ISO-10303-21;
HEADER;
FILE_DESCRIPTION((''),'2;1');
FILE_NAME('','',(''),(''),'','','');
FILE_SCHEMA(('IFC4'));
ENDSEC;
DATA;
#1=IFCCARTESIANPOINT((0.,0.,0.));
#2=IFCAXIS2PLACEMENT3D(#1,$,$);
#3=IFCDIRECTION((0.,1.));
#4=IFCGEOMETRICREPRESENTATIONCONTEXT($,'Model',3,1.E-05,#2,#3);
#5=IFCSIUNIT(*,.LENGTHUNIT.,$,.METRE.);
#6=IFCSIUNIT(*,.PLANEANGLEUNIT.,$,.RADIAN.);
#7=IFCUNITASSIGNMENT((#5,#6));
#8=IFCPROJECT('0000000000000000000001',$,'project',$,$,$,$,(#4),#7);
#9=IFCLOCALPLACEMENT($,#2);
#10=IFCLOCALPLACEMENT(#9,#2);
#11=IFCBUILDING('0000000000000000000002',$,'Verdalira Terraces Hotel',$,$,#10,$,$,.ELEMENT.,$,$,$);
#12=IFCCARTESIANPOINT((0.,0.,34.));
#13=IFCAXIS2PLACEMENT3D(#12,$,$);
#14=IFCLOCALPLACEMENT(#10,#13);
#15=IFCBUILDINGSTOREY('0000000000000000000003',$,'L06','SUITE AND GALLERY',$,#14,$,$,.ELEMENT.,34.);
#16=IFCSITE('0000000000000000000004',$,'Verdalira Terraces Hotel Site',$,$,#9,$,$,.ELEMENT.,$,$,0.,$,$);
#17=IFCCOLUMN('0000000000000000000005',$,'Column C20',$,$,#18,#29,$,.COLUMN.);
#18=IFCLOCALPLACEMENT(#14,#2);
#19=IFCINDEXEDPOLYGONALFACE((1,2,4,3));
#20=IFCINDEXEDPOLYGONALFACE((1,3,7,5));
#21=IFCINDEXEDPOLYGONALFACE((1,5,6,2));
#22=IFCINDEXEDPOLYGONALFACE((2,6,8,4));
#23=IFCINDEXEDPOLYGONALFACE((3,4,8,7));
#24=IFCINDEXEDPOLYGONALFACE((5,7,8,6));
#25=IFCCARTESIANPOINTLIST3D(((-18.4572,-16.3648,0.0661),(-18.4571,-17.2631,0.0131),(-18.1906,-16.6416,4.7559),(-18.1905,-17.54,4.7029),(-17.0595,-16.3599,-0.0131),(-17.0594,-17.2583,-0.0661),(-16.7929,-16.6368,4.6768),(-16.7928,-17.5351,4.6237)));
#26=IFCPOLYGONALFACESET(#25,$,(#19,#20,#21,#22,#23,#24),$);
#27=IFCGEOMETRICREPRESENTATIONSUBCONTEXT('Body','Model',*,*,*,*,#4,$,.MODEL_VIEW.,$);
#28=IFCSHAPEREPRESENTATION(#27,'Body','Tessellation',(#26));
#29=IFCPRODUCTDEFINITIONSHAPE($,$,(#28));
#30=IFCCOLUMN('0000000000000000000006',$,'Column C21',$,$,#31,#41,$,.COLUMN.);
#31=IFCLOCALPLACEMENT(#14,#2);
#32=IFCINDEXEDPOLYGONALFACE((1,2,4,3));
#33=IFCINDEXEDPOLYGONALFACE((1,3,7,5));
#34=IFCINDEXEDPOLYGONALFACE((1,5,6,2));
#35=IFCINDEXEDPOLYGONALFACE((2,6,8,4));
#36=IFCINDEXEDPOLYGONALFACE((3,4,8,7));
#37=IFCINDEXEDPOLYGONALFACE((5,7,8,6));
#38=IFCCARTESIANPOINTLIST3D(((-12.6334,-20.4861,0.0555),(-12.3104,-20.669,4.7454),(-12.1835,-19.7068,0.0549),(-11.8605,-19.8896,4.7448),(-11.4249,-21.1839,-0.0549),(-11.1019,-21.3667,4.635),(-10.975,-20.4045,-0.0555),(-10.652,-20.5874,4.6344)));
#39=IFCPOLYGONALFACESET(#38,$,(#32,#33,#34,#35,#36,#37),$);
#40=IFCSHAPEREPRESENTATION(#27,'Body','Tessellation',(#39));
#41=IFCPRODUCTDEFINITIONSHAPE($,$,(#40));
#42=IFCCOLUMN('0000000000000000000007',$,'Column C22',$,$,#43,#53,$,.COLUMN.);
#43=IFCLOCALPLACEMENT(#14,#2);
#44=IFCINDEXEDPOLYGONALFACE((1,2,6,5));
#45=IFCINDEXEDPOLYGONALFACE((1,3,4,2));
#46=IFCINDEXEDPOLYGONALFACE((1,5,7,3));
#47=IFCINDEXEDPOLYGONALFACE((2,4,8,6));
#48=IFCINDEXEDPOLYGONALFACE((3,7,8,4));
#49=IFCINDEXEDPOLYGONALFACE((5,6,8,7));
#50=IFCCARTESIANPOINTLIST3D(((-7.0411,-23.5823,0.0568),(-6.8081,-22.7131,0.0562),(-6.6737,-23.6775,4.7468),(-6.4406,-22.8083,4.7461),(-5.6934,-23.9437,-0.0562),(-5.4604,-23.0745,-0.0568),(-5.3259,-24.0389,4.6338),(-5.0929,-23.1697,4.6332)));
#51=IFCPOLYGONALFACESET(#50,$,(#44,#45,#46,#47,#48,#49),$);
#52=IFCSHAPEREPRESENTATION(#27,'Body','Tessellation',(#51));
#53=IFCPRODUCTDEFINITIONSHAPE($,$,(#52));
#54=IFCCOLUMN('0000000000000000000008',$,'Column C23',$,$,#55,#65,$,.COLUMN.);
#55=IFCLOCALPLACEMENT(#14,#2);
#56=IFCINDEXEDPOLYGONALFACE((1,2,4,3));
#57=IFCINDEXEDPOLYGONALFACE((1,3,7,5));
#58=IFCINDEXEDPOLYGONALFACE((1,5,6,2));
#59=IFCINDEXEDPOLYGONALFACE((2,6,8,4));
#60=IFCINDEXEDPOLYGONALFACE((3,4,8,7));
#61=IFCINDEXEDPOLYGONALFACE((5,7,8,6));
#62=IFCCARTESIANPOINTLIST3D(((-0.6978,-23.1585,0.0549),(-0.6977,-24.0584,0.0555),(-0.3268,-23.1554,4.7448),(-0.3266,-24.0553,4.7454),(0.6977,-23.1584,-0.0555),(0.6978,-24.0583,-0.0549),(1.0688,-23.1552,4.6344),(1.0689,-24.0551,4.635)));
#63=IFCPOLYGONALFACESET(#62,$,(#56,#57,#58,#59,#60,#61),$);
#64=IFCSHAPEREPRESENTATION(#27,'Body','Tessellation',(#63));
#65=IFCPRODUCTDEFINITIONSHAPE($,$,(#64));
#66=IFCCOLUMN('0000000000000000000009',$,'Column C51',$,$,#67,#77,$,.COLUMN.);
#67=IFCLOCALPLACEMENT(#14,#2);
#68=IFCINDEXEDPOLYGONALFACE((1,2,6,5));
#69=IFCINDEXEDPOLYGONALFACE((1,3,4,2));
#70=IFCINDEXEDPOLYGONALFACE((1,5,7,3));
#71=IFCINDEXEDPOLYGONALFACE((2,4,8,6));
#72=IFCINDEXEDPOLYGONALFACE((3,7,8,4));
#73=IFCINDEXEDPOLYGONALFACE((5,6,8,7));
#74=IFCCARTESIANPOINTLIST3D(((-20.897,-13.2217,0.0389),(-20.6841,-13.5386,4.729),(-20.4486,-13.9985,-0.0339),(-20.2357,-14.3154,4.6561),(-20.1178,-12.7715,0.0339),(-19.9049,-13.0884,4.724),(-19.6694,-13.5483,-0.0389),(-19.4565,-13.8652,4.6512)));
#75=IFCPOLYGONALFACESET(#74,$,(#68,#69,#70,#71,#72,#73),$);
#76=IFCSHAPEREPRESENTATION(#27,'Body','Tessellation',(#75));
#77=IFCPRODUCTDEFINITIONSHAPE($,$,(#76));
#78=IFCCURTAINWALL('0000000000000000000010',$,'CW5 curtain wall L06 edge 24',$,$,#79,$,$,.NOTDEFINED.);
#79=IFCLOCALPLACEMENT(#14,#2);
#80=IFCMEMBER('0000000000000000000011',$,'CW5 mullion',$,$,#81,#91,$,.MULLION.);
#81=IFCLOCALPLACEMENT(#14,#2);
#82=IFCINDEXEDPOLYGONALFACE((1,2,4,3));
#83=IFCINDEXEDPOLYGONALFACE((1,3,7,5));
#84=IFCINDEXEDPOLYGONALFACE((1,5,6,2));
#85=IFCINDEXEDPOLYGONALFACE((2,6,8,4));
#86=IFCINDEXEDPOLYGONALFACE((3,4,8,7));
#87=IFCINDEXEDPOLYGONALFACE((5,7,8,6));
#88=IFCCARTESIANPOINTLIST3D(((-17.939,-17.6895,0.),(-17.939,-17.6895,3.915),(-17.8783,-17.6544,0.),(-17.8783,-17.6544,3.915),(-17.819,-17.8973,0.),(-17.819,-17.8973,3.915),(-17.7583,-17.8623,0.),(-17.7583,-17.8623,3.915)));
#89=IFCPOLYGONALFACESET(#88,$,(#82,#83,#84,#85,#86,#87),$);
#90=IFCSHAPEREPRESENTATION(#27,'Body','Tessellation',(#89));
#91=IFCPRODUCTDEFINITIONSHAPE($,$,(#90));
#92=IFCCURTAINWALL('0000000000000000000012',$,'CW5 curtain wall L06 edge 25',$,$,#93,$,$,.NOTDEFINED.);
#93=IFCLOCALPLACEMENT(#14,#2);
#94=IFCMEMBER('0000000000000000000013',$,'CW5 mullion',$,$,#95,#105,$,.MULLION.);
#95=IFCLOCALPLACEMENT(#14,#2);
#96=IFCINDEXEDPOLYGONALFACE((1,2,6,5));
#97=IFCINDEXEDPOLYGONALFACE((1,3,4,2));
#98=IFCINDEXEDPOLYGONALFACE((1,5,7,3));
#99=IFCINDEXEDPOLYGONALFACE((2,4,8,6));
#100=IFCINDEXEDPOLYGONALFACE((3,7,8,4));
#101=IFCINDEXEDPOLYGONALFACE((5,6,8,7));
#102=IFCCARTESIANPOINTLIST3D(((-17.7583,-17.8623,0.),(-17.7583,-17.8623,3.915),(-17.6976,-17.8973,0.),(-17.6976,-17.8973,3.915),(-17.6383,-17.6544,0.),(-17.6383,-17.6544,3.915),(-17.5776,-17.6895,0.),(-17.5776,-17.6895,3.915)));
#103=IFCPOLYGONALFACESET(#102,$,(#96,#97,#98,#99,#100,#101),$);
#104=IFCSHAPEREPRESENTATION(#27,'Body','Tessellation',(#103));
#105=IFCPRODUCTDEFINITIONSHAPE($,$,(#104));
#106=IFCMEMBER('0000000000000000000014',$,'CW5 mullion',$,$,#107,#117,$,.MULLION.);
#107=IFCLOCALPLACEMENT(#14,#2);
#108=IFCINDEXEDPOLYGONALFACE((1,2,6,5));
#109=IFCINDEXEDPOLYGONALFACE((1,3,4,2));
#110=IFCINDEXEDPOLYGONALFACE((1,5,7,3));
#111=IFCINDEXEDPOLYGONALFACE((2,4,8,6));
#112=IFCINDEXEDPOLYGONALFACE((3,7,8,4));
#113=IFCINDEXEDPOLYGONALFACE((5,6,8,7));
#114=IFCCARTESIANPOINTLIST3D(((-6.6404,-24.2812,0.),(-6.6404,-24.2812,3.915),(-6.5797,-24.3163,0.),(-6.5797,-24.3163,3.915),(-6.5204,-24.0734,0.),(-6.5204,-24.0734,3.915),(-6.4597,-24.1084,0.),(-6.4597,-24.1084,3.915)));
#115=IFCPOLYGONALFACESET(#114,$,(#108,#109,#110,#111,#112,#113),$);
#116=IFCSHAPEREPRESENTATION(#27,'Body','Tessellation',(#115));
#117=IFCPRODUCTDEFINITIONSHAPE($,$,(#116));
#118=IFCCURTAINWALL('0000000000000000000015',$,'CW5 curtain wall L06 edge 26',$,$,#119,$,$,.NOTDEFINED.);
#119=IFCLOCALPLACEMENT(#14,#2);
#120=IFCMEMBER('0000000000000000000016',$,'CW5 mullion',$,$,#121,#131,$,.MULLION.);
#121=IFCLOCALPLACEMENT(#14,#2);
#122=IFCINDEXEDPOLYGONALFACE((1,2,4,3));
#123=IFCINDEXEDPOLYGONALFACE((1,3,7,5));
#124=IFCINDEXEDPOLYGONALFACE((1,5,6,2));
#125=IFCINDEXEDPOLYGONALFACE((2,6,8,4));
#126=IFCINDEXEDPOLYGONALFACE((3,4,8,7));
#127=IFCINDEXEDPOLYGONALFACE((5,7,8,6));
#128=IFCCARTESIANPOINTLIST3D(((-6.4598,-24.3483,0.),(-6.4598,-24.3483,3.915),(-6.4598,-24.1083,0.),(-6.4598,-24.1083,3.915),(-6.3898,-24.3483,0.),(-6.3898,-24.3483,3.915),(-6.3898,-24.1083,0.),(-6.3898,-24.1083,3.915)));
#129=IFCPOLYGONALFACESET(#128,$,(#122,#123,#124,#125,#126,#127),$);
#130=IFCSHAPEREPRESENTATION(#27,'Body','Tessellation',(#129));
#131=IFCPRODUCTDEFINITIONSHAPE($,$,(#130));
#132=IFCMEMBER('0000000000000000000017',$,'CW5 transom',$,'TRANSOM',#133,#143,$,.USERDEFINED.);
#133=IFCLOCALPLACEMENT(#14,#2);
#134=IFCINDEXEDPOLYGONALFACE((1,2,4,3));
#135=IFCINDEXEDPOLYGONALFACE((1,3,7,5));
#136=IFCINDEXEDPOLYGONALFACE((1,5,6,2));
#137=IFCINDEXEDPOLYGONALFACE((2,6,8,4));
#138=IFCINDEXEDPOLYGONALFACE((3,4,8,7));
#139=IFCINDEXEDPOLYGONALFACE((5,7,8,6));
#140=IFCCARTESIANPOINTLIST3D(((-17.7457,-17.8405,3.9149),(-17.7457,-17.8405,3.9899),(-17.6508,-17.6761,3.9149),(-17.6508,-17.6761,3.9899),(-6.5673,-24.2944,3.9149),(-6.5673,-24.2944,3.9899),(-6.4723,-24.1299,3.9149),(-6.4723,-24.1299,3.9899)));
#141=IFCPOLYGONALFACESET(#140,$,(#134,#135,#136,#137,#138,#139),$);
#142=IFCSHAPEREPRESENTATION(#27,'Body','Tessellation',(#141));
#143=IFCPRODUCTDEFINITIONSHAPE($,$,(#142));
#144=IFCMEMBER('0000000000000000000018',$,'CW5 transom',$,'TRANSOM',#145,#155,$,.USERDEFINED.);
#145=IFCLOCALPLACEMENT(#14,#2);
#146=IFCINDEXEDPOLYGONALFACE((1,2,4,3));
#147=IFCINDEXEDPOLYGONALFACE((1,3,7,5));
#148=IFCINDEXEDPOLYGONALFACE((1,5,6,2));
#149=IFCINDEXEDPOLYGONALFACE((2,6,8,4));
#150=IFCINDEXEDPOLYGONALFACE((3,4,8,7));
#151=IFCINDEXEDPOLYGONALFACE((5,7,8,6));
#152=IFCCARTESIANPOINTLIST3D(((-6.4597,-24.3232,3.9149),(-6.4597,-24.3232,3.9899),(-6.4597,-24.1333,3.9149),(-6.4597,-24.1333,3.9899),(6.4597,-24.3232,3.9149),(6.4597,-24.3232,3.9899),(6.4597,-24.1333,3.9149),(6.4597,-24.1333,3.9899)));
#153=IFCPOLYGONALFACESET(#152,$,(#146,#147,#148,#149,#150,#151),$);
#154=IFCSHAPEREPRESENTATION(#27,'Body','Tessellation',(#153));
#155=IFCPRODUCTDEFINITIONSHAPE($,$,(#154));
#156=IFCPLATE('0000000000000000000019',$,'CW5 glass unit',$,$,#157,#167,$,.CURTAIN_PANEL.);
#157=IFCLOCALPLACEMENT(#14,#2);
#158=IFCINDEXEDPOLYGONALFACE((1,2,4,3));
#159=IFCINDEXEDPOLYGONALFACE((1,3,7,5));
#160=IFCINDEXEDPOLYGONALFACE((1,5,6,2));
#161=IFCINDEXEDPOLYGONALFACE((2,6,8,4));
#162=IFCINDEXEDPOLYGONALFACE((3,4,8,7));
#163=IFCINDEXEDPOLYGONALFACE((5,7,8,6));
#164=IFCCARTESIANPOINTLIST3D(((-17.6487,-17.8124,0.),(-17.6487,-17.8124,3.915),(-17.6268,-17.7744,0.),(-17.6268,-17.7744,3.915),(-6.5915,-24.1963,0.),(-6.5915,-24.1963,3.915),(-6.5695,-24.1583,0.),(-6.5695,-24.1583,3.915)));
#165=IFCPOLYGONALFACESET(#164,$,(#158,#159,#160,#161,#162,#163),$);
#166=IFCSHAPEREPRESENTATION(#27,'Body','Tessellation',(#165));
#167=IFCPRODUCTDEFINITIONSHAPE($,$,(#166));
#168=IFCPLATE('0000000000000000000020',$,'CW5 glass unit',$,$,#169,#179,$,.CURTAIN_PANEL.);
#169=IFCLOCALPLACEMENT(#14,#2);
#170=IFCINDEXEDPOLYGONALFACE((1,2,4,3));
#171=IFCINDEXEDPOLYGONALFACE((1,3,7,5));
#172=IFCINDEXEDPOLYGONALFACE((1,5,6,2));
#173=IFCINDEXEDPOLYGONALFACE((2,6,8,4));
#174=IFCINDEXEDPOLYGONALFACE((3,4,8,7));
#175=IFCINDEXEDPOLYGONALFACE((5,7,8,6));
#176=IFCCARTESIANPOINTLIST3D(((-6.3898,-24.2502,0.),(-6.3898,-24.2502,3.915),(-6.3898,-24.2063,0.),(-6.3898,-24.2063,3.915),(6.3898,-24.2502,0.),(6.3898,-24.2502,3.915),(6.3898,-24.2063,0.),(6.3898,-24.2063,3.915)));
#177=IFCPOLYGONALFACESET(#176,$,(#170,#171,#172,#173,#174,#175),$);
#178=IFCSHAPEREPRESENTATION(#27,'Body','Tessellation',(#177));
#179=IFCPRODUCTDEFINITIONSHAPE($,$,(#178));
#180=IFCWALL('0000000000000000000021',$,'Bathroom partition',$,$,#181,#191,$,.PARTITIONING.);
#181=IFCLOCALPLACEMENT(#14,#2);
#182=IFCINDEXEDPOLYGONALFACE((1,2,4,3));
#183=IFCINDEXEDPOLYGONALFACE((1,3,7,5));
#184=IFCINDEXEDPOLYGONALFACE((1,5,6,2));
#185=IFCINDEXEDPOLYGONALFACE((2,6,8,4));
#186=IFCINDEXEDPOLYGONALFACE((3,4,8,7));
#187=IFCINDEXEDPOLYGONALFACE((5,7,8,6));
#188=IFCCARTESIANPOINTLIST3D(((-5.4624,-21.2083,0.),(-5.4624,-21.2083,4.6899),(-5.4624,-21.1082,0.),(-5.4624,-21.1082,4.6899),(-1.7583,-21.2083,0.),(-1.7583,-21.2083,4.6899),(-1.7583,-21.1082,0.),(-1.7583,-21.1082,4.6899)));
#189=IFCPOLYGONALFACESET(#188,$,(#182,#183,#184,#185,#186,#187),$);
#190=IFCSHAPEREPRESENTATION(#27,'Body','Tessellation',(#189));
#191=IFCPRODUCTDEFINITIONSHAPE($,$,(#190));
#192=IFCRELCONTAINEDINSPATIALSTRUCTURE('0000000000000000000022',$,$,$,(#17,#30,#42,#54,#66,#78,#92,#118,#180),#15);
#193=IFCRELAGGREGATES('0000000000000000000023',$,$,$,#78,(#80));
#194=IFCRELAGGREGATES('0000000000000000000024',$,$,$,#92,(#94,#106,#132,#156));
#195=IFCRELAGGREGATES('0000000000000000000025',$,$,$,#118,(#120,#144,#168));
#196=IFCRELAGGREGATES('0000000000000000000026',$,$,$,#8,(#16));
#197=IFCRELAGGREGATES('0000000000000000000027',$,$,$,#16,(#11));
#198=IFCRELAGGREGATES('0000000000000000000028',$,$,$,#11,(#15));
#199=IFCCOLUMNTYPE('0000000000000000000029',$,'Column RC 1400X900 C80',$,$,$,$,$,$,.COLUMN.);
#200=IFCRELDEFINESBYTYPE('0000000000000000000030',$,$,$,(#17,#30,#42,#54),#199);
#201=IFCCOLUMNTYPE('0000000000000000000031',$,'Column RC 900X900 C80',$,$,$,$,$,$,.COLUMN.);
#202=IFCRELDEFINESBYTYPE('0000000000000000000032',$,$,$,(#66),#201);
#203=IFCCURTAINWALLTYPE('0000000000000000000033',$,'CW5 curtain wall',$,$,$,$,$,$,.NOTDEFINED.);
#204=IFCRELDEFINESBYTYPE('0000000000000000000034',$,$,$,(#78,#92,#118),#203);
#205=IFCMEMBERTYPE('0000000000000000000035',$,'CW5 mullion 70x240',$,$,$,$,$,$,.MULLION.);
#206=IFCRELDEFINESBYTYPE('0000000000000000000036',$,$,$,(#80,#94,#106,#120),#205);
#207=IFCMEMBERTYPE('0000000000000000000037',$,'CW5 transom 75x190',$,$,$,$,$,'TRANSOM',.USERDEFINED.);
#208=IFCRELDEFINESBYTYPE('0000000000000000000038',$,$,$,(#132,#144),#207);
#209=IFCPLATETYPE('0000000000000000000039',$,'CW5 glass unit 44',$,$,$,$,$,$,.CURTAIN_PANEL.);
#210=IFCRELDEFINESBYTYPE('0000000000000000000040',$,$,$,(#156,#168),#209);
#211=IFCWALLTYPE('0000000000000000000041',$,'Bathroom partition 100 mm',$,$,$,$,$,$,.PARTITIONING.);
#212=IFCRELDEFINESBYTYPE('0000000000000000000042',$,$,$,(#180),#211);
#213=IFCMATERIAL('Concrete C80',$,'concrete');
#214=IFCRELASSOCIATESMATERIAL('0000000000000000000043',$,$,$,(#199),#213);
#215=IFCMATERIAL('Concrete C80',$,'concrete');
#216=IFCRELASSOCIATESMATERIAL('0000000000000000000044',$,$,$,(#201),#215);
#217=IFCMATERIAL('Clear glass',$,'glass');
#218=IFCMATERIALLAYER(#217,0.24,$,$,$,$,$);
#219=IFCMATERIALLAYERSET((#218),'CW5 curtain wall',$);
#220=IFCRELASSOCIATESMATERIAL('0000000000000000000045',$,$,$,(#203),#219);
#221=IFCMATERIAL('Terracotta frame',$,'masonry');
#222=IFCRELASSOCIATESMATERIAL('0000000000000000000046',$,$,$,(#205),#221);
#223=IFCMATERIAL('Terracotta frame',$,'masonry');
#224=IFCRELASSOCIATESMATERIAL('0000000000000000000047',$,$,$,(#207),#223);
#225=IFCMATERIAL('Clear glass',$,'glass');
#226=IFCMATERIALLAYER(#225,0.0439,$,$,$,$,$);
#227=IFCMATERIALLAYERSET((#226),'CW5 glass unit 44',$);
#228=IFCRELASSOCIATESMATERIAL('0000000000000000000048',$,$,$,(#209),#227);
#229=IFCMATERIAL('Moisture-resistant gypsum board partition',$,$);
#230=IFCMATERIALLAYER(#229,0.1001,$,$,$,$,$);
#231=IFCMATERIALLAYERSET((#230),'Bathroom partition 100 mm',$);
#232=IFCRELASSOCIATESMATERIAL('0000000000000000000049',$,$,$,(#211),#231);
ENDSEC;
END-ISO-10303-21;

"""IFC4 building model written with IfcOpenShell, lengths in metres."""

from ifc_helpers import new_model, si_unit, direction, frame, frame_2d, origin, origin_2d, place, context, subcontext, project, spatial, rectangle, extrude, material, layer, layer_set, material_profile, profile_set, type_object, element, aggregate, save


model = new_model("IFC4")

# Units and contexts
model_context = context("Model", 3, precision=1e-05, world=origin(), true_north=direction((0.0, 1.0)))
body_context = subcontext(model_context, "Body", "Model", "MODEL_VIEW")
ifc_project = project(units=[si_unit("LENGTHUNIT", "METRE"), si_unit("PLANEANGLEUNIT", "RADIAN")], contexts=[model_context])

# Site, building, storey
site_placement = place(None, origin())
site = spatial("IfcSite", under=ifc_project, at=site_placement, Name="Verdalira Terraces Hotel Site", CompositionType="ELEMENT", RefElevation=0.0)
building_placement = place(site_placement, origin())
building = spatial("IfcBuilding", under=site, at=building_placement, Name="Verdalira Terraces Hotel", CompositionType="ELEMENT")
storey_placement = place(building_placement, frame((0.0, 0.0, 34.0)))
storey = spatial("IfcBuildingStorey", under=building, at=storey_placement, Name="L06", Description="SUITE AND GALLERY", CompositionType="ELEMENT", Elevation=34.0)

# Columns
ifc_material_1 = material(Name="Concrete C80", Category="concrete")
ifc_material_profile_1 = material_profile(ifc_material_1, rectangle(XDim=1.3999, YDim=0.8999, at=origin_2d()), Name="RC 1400X900")
ifc_profile_set_1 = profile_set([ifc_material_profile_1], Name="Concrete C80")
column_type_1 = type_object("IfcColumnType", Name="Column RC 1400X900 C80", PredefinedType="COLUMN", material=ifc_profile_set_1)
column_1_placement = place(storey_placement, frame((-17.7583, -16.8115, 0.0), z_axis=(0.056655, -0.058835, 0.996659), x_axis=(-0.998394, -0.003478, 0.056549)))
element("IfcColumn", 1, at=column_1_placement, inside=storey, type_object=column_type_1, Name="Column C20", PredefinedType="COLUMN", context=body_context, shape_type="SweptSolid", body=[
    extrude(rectangle(XDim=1.3999, YDim=0.8999, at=origin_2d()), origin(), (0.0, 0.0, 1.0), 4.7056),
])
column_2_placement = place(storey_placement, frame((-11.8042, -20.4453, 0.0), z_axis=(0.068656, -0.038869, 0.996883), x_axis=(0.863336, -0.498424, -0.078892)))
element("IfcColumn", 2, at=column_2_placement, inside=storey, type_object=column_type_1, Name="Column C21", PredefinedType="COLUMN", context=body_context, shape_type="SweptSolid", body=[
    extrude(rectangle(XDim=1.3999, YDim=0.8999, at=origin_2d()), origin(), (0.0, 0.0, 1.0), 4.7046),
])
column_3_placement = place(storey_placement, frame((-6.2507, -23.3284, 0.0), z_axis=(0.078089, -0.020236, 0.996741), x_axis=(-0.962728, 0.258161, 0.080666)))
element("IfcColumn", 3, at=column_3_placement, inside=storey, type_object=column_type_1, Name="Column C22", PredefinedType="COLUMN", context=body_context, shape_type="SweptSolid", body=[
    extrude(rectangle(XDim=1.3999, YDim=0.8999, at=origin_2d()), origin(), (0.0, 0.0, 1.0), 4.7053),
])
column_4_placement = place(storey_placement, frame((0.0, -23.6084, 0.0), z_axis=(0.078879, 0.000675, 0.996884), x_axis=(0.996884, 0.000122, -0.078879)))
element("IfcColumn", 4, at=column_4_placement, inside=storey, type_object=column_type_1, Name="Column C23", PredefinedType="COLUMN", context=body_context, shape_type="SweptSolid", body=[
    extrude(rectangle(XDim=1.3999, YDim=0.8999, at=origin_2d()), origin(), (0.0, 0.0, 1.0), 4.7046),
])
ifc_material_2 = material(Name="Concrete C80", Category="concrete")
ifc_material_profile_2 = material_profile(ifc_material_2, rectangle(XDim=0.8999, YDim=0.8999, at=origin_2d()), Name="RC 900X900")
ifc_profile_set_2 = profile_set([ifc_material_profile_2], Name="Concrete C80")
column_type_2 = type_object("IfcColumnType", Name="Column RC 900X900 C80", PredefinedType="COLUMN", material=ifc_profile_set_2)
column_5_placement = place(storey_placement, frame((-20.2832, -13.385, 0.0), z_axis=(0.045243, -0.067346, 0.996703), x_axis=(-0.865853, -0.500267, 0.005501)))
element("IfcColumn", 5, at=column_5_placement, inside=storey, type_object=column_type_2, Name="Column C51", PredefinedType="COLUMN", context=body_context, shape_type="SweptSolid", body=[
    extrude(rectangle(XDim=0.8999, YDim=0.8999, at=origin_2d()), origin(), (0.0, 0.0, 1.0), 4.7056),
])

# Curtain wall, member
ifc_material_3 = material(Name="Clear glass", Category="glass")
ifc_layer_1 = layer(ifc_material_3, 0.24)
ifc_layer_set_1 = layer_set([ifc_layer_1], Name="CW5 curtain wall")
curtain_wall_type = type_object("IfcCurtainWallType", Name="CW5 curtain wall", PredefinedType="NOTDEFINED", material=ifc_layer_set_1)
curtain_wall_1_placement = place(storey_placement, origin())
curtain_wall_1 = element("IfcCurtainWall", 6, at=curtain_wall_1_placement, inside=storey, type_object=curtain_wall_type, Name="CW5 curtain wall L06 edge 24", PredefinedType="NOTDEFINED")
ifc_material_4 = material(Name="Terracotta frame", Category="masonry")
ifc_material_profile_3 = material_profile(ifc_material_4, rectangle(XDim=0.0701, YDim=0.24, at=origin_2d()), Name="MU 70x240")
ifc_profile_set_3 = profile_set([ifc_material_profile_3], Name="Terracotta frame")
member_type_1 = type_object("IfcMemberType", Name="CW5 mullion 70x240", PredefinedType="MULLION", material=ifc_profile_set_3)
member_1_placement = place(storey_placement, frame((-17.8486, -17.7759, 0.0), z_axis=(0.0, 0.0, 1.0), x_axis=(0.866025, 0.5, 0.0)))
member_1 = element("IfcMember", 7, at=member_1_placement, type_object=member_type_1, Name="CW5 mullion", PredefinedType="MULLION", context=body_context, shape_type="SweptSolid", body=[
    extrude(rectangle(XDim=0.0701, YDim=0.24, at=origin_2d()), origin(), (0.0, 0.0, 1.0), 3.915),
])
aggregate(curtain_wall_1, [member_1])

# Curtain wall, members
curtain_wall_2_placement = place(storey_placement, origin())
curtain_wall_2 = element("IfcCurtainWall", 8, at=curtain_wall_2_placement, inside=storey, type_object=curtain_wall_type, Name="CW5 curtain wall L06 edge 25", PredefinedType="NOTDEFINED")
member_2_placement = place(storey_placement, frame((-17.668, -17.7759, 0.0), z_axis=(0.0, 0.0, 1.0), x_axis=(0.866025, -0.5, 0.0)))
member_2 = element("IfcMember", 9, at=member_2_placement, type_object=member_type_1, Name="CW5 mullion", PredefinedType="MULLION", context=body_context, shape_type="SweptSolid", body=[
    extrude(rectangle(XDim=0.0701, YDim=0.24, at=origin_2d()), origin(), (0.0, 0.0, 1.0), 3.915),
])
member_3_placement = place(storey_placement, frame((-6.55, -24.1948, 0.0), z_axis=(0.0, 0.0, 1.0), x_axis=(0.866025, -0.5, 0.0)))
member_3 = element("IfcMember", 10, at=member_3_placement, type_object=member_type_1, Name="CW5 mullion", PredefinedType="MULLION", context=body_context, shape_type="SweptSolid", body=[
    extrude(rectangle(XDim=0.0701, YDim=0.24, at=origin_2d()), origin(), (0.0, 0.0, 1.0), 3.915),
])

# Curtain wall, member
curtain_wall_3_placement = place(storey_placement, origin())
curtain_wall_3 = element("IfcCurtainWall", 11, at=curtain_wall_3_placement, inside=storey, type_object=curtain_wall_type, Name="CW5 curtain wall L06 edge 26", PredefinedType="NOTDEFINED")
member_4_placement = place(storey_placement, frame((-6.4248, -24.2283, 0.0), z_axis=(0.0, 0.0, 1.0), x_axis=(1.0, 0.0, 0.0)))
member_4 = element("IfcMember", 12, at=member_4_placement, type_object=member_type_1, Name="CW5 mullion", PredefinedType="MULLION", context=body_context, shape_type="SweptSolid", body=[
    extrude(rectangle(XDim=0.0701, YDim=0.24, at=origin_2d()), origin(), (0.0, 0.0, 1.0), 3.915),
])

# Members
ifc_material_5 = material(Name="Terracotta frame", Category="masonry")
ifc_material_profile_4 = material_profile(ifc_material_5, rectangle(XDim=0.1899, YDim=0.075, at=origin_2d()), Name="TR 75x190")
ifc_profile_set_4 = profile_set([ifc_material_profile_4], Name="Terracotta frame")
member_type_2 = type_object("IfcMemberType", Name="CW5 transom 75x190", ElementType="TRANSOM", PredefinedType="USERDEFINED", material=ifc_profile_set_4)
member_5_placement = place(storey_placement, frame((-17.6982, -17.7583, 3.9524), z_axis=(0.866027, -0.499998, 0.0), x_axis=(0.499998, 0.866027, 0.0)))
member_5 = element("IfcMember", 13, at=member_5_placement, type_object=member_type_2, Name="CW5 transom", ObjectType="TRANSOM", PredefinedType="USERDEFINED", context=body_context, shape_type="SweptSolid", body=[
    extrude(rectangle(XDim=0.1899, YDim=0.075, at=origin_2d()), origin(), (0.0, 0.0, 1.0), 12.9077),
])
member_6_placement = place(storey_placement, frame((-6.4597, -24.2283, 3.9524), z_axis=(1.0, 0.0, 0.0), x_axis=(0.0, 1.0, 0.0)))
member_6 = element("IfcMember", 14, at=member_6_placement, type_object=member_type_2, Name="CW5 transom", ObjectType="TRANSOM", PredefinedType="USERDEFINED", context=body_context, shape_type="SweptSolid", body=[
    extrude(rectangle(XDim=0.1899, YDim=0.075, at=origin_2d()), origin(), (0.0, 0.0, 1.0), 12.9194),
])

# Plates
ifc_material_6 = material(Name="Clear glass", Category="glass")
ifc_layer_2 = layer(ifc_material_6, 0.0439)
ifc_layer_set_2 = layer_set([ifc_layer_2], Name="CW5 glass unit 44")
plate_type = type_object("IfcPlateType", Name="CW5 glass unit 44", PredefinedType="CURTAIN_PANEL", material=ifc_layer_set_2)
plate_1_placement = place(storey_placement, frame((-12.1091, -20.9854, 0.0), z_axis=(0.0, 0.0, 1.0), x_axis=(0.866025, -0.5, 0.0)))
plate_1 = element("IfcPlate", 15, at=plate_1_placement, type_object=plate_type, Name="CW5 glass unit", PredefinedType="CURTAIN_PANEL", context=body_context, shape_type="SweptSolid", body=[
    extrude(rectangle(XDim=12.7678, YDim=0.0439, at=origin_2d()), origin(), (0.0, 0.0, 1.0), 3.915),
])
aggregate(curtain_wall_2, [member_2, member_3, member_5, plate_1])
plate_2_placement = place(storey_placement, frame((0.0, -24.2283, 0.0), z_axis=(0.0, 0.0, 1.0), x_axis=(1.0, 0.0, 0.0)))
plate_2 = element("IfcPlate", 16, at=plate_2_placement, type_object=plate_type, Name="CW5 glass unit", PredefinedType="CURTAIN_PANEL", context=body_context, shape_type="SweptSolid", body=[
    extrude(rectangle(XDim=12.7795, YDim=0.0439, at=origin_2d()), origin(), (0.0, 0.0, 1.0), 3.915),
])
aggregate(curtain_wall_3, [member_4, member_6, plate_2])

# Wall
ifc_material_7 = material(Name="Moisture-resistant gypsum board partition")
ifc_layer_3 = layer(ifc_material_7, 0.1001)
ifc_layer_set_3 = layer_set([ifc_layer_3], Name="Bathroom partition 100 mm")
wall_type_1 = type_object("IfcWallType", Name="Bathroom partition 100 mm", PredefinedType="PARTITIONING", material=ifc_layer_set_3)
wall_1_placement = place(storey_placement, frame((-1.7583, -21.1582, 0.0), z_axis=(0.0, 0.0, 1.0), x_axis=(-1.0, 0.0, 0.0)))
element("IfcWall", 17, at=wall_1_placement, inside=storey, type_object=wall_type_1, Name="Bathroom partition", PredefinedType="PARTITIONING", context=body_context, shape_type="SweptSolid", body=[
    extrude(rectangle(XDim=3.7041, YDim=0.1001, at=frame_2d((1.8521, 0.0))), origin(), (0.0, 0.0, 1.0), 4.6899),
])

save(model, "model.ifc")
